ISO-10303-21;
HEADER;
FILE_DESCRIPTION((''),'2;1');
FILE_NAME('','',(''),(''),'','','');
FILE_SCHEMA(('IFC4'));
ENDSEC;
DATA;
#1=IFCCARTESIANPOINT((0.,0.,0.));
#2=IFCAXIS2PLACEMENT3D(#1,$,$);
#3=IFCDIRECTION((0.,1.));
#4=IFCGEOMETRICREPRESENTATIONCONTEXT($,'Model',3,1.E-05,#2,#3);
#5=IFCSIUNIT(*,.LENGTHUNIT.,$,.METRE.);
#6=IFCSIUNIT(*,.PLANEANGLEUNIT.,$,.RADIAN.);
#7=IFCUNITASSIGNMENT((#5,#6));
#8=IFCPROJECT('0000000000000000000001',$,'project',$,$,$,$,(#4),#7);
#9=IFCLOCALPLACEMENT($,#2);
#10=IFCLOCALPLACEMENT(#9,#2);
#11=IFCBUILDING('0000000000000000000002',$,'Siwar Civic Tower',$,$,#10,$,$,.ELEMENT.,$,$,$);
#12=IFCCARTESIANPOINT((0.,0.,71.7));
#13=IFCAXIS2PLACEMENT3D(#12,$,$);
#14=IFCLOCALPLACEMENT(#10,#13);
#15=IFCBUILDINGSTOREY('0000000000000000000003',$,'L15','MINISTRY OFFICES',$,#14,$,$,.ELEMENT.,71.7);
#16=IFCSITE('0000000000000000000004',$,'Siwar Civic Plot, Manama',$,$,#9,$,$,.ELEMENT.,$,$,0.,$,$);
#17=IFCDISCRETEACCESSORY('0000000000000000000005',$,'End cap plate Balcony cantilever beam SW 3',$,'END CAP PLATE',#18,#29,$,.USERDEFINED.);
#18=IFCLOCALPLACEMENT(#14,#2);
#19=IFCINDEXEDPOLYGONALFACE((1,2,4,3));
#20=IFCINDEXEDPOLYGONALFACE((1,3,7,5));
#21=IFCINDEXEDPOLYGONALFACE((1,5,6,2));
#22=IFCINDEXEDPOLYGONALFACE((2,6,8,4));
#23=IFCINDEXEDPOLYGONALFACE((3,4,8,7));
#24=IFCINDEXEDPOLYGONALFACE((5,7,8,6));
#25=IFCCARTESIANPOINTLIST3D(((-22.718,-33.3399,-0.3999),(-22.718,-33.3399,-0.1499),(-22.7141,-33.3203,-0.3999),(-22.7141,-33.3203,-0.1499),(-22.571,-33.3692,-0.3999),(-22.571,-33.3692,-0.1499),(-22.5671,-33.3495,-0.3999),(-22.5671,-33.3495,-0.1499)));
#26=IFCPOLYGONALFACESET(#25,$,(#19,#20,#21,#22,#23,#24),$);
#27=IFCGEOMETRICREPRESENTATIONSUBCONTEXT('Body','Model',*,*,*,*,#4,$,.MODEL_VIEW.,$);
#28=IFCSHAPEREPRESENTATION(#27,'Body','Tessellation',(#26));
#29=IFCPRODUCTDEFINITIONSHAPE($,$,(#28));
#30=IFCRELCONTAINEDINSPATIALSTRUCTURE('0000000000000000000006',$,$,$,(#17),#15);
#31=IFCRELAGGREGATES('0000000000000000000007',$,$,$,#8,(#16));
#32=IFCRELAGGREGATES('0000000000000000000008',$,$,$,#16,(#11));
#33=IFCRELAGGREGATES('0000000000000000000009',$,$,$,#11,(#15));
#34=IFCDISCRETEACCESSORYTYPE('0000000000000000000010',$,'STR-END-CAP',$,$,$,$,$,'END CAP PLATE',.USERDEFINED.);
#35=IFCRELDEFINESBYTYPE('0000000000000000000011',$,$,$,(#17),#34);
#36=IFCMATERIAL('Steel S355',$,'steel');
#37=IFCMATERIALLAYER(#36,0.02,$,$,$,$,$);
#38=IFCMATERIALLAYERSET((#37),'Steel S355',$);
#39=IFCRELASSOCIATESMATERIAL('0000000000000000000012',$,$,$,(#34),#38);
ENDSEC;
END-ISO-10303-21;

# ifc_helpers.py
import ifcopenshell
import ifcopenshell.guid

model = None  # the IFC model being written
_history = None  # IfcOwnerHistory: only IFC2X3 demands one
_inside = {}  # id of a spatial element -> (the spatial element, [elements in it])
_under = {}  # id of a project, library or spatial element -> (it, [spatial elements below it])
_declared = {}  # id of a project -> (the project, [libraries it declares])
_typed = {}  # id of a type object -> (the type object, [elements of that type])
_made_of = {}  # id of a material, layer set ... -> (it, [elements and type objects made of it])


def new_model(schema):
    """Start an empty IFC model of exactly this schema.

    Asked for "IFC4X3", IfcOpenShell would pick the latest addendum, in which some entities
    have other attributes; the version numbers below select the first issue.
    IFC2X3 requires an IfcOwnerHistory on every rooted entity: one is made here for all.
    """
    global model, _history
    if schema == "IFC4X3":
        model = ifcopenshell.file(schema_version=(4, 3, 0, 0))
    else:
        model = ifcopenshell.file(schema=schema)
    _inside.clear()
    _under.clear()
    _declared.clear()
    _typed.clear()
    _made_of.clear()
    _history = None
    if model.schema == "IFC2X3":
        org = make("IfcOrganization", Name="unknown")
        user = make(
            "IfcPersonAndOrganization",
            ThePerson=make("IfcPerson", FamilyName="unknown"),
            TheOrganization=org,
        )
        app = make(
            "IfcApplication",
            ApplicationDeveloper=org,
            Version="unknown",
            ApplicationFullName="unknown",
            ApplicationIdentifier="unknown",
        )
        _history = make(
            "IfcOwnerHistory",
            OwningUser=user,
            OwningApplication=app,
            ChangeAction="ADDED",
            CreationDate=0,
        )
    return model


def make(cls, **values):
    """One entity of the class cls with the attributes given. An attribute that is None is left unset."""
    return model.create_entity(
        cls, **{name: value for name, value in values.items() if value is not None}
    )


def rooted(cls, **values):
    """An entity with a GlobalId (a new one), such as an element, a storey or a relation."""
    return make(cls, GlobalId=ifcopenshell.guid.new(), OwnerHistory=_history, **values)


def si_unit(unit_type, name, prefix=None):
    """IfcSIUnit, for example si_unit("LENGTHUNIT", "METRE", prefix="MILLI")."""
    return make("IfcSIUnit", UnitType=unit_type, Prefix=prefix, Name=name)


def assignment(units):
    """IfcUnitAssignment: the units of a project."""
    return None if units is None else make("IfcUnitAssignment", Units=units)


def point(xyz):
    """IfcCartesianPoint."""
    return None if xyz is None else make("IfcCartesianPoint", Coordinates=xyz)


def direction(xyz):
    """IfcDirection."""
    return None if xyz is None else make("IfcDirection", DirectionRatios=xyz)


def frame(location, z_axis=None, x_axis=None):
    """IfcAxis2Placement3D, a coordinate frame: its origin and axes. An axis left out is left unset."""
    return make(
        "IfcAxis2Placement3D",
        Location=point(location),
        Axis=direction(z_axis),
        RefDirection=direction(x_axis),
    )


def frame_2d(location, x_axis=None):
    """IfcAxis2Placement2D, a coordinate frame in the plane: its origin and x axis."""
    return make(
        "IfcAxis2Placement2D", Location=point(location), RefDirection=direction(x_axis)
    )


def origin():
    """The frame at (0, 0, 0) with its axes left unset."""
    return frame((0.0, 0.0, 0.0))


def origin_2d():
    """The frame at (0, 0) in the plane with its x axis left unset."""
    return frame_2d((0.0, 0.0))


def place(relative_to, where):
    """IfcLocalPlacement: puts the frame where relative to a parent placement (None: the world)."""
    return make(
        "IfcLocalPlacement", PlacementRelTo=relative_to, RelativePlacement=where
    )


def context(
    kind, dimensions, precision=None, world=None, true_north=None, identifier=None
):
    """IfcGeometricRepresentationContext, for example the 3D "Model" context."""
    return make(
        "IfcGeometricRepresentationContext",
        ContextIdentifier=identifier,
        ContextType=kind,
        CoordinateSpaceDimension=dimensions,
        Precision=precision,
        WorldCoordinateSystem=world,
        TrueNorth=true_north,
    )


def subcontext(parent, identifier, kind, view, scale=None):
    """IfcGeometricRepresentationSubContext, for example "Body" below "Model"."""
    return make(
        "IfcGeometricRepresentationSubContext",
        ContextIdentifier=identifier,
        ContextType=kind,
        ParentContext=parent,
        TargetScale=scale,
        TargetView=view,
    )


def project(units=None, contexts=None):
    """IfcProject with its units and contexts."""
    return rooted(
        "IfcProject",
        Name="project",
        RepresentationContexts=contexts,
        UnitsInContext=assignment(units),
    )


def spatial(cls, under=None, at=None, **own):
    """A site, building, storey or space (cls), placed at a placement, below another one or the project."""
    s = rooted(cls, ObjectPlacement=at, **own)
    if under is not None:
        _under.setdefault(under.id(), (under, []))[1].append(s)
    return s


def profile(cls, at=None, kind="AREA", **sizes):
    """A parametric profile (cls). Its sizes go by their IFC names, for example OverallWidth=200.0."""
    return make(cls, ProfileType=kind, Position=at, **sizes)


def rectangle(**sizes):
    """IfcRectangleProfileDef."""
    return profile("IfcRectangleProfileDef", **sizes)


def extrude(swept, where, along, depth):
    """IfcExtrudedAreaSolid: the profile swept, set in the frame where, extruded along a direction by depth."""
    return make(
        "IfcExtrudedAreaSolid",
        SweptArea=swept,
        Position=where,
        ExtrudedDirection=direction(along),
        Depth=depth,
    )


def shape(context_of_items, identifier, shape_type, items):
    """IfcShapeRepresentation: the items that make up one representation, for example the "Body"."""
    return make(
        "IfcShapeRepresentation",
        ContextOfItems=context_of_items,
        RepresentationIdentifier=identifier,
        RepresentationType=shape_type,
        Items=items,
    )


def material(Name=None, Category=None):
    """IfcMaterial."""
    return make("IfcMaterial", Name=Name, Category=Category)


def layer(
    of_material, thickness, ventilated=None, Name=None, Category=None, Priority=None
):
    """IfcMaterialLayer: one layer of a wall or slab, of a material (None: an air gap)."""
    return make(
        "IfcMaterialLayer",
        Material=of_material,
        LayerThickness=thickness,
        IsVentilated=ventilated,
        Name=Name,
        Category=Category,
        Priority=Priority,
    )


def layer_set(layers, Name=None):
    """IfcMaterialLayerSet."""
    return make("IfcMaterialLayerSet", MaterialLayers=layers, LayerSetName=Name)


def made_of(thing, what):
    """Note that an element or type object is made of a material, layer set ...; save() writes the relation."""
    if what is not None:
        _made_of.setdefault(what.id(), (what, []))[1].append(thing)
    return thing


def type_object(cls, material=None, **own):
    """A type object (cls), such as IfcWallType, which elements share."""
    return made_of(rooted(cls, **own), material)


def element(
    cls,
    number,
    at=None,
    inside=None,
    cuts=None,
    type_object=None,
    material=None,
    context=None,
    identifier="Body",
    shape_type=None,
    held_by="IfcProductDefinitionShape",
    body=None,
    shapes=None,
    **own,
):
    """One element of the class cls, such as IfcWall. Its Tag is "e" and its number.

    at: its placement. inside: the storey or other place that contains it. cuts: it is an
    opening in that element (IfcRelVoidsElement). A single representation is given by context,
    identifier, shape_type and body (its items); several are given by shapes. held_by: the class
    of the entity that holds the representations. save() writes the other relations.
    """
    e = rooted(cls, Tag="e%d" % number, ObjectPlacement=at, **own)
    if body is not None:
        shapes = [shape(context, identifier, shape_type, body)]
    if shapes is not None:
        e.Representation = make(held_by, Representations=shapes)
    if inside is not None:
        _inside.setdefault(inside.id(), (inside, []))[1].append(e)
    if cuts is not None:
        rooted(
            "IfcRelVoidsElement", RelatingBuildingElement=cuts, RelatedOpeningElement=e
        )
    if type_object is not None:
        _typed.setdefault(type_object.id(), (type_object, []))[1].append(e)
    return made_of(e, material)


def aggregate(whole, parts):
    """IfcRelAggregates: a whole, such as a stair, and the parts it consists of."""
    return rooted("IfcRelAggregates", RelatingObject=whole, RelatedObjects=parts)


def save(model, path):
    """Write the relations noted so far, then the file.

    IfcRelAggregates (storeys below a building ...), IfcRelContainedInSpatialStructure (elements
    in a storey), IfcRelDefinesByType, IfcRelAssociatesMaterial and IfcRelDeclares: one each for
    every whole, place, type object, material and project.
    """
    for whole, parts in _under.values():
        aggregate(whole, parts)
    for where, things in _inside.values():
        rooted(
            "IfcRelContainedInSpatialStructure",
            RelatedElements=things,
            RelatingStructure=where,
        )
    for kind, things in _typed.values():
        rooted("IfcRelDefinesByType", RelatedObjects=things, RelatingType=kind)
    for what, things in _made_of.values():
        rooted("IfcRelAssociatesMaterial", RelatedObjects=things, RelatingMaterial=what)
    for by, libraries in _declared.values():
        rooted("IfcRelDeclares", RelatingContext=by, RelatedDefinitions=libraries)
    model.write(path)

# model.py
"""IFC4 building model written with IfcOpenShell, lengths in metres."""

from ifc_helpers import new_model, si_unit, direction, frame, origin, origin_2d, place, context, subcontext, project, spatial, rectangle, extrude, material, layer, layer_set, type_object, element, save


model = new_model("IFC4")

# Units and contexts
model_context = context("Model", 3, precision=1e-05, world=origin(), true_north=direction((0.0, 1.0)))
body_context = subcontext(model_context, "Body", "Model", "MODEL_VIEW")
ifc_project = project(units=[si_unit("LENGTHUNIT", "METRE"), si_unit("PLANEANGLEUNIT", "RADIAN")], contexts=[model_context])

# Site, building, storey
site_placement = place(None, origin())
site = spatial("IfcSite", under=ifc_project, at=site_placement, Name="Siwar Civic Plot, Manama", CompositionType="ELEMENT", RefElevation=0.0)
building_placement = place(site_placement, origin())
building = spatial("IfcBuilding", under=site, at=building_placement, Name="Siwar Civic Tower", CompositionType="ELEMENT")
storey_placement = place(building_placement, frame((0.0, 0.0, 71.7)))
storey = spatial("IfcBuildingStorey", under=building, at=storey_placement, Name="L15", Description="MINISTRY OFFICES", CompositionType="ELEMENT", Elevation=71.7)

# Discrete accessory
ifc_material_1 = material(Name="Steel S355", Category="steel")
ifc_layer_1 = layer(ifc_material_1, 0.02)
ifc_layer_set_1 = layer_set([ifc_layer_1], Name="Steel S355")
discrete_accessory_type = type_object("IfcDiscreteAccessoryType", Name="STR-END-CAP", ElementType="END CAP PLATE", PredefinedType="USERDEFINED", material=ifc_layer_set_1)
for number, where, z_axis, x_axis, name in (
    (1, (-22.6426, -33.3447, -0.3999), (0.0, 0.0, 1.0), (-0.19509, -0.980785, 0.0), "End cap plate Balcony cantilever beam SW 3"),
):
    element("IfcDiscreteAccessory", number, at=place(storey_placement, frame(where, z_axis=z_axis, x_axis=x_axis)), inside=storey, type_object=discrete_accessory_type, Name=name, ObjectType="END CAP PLATE", PredefinedType="USERDEFINED", context=body_context, shape_type="SweptSolid", body=[
        extrude(rectangle(XDim=0.02, YDim=0.1499, at=origin_2d()), origin(), (0.0, 0.0, 1.0), 0.25),
    ])

save(model, "model.ifc")
